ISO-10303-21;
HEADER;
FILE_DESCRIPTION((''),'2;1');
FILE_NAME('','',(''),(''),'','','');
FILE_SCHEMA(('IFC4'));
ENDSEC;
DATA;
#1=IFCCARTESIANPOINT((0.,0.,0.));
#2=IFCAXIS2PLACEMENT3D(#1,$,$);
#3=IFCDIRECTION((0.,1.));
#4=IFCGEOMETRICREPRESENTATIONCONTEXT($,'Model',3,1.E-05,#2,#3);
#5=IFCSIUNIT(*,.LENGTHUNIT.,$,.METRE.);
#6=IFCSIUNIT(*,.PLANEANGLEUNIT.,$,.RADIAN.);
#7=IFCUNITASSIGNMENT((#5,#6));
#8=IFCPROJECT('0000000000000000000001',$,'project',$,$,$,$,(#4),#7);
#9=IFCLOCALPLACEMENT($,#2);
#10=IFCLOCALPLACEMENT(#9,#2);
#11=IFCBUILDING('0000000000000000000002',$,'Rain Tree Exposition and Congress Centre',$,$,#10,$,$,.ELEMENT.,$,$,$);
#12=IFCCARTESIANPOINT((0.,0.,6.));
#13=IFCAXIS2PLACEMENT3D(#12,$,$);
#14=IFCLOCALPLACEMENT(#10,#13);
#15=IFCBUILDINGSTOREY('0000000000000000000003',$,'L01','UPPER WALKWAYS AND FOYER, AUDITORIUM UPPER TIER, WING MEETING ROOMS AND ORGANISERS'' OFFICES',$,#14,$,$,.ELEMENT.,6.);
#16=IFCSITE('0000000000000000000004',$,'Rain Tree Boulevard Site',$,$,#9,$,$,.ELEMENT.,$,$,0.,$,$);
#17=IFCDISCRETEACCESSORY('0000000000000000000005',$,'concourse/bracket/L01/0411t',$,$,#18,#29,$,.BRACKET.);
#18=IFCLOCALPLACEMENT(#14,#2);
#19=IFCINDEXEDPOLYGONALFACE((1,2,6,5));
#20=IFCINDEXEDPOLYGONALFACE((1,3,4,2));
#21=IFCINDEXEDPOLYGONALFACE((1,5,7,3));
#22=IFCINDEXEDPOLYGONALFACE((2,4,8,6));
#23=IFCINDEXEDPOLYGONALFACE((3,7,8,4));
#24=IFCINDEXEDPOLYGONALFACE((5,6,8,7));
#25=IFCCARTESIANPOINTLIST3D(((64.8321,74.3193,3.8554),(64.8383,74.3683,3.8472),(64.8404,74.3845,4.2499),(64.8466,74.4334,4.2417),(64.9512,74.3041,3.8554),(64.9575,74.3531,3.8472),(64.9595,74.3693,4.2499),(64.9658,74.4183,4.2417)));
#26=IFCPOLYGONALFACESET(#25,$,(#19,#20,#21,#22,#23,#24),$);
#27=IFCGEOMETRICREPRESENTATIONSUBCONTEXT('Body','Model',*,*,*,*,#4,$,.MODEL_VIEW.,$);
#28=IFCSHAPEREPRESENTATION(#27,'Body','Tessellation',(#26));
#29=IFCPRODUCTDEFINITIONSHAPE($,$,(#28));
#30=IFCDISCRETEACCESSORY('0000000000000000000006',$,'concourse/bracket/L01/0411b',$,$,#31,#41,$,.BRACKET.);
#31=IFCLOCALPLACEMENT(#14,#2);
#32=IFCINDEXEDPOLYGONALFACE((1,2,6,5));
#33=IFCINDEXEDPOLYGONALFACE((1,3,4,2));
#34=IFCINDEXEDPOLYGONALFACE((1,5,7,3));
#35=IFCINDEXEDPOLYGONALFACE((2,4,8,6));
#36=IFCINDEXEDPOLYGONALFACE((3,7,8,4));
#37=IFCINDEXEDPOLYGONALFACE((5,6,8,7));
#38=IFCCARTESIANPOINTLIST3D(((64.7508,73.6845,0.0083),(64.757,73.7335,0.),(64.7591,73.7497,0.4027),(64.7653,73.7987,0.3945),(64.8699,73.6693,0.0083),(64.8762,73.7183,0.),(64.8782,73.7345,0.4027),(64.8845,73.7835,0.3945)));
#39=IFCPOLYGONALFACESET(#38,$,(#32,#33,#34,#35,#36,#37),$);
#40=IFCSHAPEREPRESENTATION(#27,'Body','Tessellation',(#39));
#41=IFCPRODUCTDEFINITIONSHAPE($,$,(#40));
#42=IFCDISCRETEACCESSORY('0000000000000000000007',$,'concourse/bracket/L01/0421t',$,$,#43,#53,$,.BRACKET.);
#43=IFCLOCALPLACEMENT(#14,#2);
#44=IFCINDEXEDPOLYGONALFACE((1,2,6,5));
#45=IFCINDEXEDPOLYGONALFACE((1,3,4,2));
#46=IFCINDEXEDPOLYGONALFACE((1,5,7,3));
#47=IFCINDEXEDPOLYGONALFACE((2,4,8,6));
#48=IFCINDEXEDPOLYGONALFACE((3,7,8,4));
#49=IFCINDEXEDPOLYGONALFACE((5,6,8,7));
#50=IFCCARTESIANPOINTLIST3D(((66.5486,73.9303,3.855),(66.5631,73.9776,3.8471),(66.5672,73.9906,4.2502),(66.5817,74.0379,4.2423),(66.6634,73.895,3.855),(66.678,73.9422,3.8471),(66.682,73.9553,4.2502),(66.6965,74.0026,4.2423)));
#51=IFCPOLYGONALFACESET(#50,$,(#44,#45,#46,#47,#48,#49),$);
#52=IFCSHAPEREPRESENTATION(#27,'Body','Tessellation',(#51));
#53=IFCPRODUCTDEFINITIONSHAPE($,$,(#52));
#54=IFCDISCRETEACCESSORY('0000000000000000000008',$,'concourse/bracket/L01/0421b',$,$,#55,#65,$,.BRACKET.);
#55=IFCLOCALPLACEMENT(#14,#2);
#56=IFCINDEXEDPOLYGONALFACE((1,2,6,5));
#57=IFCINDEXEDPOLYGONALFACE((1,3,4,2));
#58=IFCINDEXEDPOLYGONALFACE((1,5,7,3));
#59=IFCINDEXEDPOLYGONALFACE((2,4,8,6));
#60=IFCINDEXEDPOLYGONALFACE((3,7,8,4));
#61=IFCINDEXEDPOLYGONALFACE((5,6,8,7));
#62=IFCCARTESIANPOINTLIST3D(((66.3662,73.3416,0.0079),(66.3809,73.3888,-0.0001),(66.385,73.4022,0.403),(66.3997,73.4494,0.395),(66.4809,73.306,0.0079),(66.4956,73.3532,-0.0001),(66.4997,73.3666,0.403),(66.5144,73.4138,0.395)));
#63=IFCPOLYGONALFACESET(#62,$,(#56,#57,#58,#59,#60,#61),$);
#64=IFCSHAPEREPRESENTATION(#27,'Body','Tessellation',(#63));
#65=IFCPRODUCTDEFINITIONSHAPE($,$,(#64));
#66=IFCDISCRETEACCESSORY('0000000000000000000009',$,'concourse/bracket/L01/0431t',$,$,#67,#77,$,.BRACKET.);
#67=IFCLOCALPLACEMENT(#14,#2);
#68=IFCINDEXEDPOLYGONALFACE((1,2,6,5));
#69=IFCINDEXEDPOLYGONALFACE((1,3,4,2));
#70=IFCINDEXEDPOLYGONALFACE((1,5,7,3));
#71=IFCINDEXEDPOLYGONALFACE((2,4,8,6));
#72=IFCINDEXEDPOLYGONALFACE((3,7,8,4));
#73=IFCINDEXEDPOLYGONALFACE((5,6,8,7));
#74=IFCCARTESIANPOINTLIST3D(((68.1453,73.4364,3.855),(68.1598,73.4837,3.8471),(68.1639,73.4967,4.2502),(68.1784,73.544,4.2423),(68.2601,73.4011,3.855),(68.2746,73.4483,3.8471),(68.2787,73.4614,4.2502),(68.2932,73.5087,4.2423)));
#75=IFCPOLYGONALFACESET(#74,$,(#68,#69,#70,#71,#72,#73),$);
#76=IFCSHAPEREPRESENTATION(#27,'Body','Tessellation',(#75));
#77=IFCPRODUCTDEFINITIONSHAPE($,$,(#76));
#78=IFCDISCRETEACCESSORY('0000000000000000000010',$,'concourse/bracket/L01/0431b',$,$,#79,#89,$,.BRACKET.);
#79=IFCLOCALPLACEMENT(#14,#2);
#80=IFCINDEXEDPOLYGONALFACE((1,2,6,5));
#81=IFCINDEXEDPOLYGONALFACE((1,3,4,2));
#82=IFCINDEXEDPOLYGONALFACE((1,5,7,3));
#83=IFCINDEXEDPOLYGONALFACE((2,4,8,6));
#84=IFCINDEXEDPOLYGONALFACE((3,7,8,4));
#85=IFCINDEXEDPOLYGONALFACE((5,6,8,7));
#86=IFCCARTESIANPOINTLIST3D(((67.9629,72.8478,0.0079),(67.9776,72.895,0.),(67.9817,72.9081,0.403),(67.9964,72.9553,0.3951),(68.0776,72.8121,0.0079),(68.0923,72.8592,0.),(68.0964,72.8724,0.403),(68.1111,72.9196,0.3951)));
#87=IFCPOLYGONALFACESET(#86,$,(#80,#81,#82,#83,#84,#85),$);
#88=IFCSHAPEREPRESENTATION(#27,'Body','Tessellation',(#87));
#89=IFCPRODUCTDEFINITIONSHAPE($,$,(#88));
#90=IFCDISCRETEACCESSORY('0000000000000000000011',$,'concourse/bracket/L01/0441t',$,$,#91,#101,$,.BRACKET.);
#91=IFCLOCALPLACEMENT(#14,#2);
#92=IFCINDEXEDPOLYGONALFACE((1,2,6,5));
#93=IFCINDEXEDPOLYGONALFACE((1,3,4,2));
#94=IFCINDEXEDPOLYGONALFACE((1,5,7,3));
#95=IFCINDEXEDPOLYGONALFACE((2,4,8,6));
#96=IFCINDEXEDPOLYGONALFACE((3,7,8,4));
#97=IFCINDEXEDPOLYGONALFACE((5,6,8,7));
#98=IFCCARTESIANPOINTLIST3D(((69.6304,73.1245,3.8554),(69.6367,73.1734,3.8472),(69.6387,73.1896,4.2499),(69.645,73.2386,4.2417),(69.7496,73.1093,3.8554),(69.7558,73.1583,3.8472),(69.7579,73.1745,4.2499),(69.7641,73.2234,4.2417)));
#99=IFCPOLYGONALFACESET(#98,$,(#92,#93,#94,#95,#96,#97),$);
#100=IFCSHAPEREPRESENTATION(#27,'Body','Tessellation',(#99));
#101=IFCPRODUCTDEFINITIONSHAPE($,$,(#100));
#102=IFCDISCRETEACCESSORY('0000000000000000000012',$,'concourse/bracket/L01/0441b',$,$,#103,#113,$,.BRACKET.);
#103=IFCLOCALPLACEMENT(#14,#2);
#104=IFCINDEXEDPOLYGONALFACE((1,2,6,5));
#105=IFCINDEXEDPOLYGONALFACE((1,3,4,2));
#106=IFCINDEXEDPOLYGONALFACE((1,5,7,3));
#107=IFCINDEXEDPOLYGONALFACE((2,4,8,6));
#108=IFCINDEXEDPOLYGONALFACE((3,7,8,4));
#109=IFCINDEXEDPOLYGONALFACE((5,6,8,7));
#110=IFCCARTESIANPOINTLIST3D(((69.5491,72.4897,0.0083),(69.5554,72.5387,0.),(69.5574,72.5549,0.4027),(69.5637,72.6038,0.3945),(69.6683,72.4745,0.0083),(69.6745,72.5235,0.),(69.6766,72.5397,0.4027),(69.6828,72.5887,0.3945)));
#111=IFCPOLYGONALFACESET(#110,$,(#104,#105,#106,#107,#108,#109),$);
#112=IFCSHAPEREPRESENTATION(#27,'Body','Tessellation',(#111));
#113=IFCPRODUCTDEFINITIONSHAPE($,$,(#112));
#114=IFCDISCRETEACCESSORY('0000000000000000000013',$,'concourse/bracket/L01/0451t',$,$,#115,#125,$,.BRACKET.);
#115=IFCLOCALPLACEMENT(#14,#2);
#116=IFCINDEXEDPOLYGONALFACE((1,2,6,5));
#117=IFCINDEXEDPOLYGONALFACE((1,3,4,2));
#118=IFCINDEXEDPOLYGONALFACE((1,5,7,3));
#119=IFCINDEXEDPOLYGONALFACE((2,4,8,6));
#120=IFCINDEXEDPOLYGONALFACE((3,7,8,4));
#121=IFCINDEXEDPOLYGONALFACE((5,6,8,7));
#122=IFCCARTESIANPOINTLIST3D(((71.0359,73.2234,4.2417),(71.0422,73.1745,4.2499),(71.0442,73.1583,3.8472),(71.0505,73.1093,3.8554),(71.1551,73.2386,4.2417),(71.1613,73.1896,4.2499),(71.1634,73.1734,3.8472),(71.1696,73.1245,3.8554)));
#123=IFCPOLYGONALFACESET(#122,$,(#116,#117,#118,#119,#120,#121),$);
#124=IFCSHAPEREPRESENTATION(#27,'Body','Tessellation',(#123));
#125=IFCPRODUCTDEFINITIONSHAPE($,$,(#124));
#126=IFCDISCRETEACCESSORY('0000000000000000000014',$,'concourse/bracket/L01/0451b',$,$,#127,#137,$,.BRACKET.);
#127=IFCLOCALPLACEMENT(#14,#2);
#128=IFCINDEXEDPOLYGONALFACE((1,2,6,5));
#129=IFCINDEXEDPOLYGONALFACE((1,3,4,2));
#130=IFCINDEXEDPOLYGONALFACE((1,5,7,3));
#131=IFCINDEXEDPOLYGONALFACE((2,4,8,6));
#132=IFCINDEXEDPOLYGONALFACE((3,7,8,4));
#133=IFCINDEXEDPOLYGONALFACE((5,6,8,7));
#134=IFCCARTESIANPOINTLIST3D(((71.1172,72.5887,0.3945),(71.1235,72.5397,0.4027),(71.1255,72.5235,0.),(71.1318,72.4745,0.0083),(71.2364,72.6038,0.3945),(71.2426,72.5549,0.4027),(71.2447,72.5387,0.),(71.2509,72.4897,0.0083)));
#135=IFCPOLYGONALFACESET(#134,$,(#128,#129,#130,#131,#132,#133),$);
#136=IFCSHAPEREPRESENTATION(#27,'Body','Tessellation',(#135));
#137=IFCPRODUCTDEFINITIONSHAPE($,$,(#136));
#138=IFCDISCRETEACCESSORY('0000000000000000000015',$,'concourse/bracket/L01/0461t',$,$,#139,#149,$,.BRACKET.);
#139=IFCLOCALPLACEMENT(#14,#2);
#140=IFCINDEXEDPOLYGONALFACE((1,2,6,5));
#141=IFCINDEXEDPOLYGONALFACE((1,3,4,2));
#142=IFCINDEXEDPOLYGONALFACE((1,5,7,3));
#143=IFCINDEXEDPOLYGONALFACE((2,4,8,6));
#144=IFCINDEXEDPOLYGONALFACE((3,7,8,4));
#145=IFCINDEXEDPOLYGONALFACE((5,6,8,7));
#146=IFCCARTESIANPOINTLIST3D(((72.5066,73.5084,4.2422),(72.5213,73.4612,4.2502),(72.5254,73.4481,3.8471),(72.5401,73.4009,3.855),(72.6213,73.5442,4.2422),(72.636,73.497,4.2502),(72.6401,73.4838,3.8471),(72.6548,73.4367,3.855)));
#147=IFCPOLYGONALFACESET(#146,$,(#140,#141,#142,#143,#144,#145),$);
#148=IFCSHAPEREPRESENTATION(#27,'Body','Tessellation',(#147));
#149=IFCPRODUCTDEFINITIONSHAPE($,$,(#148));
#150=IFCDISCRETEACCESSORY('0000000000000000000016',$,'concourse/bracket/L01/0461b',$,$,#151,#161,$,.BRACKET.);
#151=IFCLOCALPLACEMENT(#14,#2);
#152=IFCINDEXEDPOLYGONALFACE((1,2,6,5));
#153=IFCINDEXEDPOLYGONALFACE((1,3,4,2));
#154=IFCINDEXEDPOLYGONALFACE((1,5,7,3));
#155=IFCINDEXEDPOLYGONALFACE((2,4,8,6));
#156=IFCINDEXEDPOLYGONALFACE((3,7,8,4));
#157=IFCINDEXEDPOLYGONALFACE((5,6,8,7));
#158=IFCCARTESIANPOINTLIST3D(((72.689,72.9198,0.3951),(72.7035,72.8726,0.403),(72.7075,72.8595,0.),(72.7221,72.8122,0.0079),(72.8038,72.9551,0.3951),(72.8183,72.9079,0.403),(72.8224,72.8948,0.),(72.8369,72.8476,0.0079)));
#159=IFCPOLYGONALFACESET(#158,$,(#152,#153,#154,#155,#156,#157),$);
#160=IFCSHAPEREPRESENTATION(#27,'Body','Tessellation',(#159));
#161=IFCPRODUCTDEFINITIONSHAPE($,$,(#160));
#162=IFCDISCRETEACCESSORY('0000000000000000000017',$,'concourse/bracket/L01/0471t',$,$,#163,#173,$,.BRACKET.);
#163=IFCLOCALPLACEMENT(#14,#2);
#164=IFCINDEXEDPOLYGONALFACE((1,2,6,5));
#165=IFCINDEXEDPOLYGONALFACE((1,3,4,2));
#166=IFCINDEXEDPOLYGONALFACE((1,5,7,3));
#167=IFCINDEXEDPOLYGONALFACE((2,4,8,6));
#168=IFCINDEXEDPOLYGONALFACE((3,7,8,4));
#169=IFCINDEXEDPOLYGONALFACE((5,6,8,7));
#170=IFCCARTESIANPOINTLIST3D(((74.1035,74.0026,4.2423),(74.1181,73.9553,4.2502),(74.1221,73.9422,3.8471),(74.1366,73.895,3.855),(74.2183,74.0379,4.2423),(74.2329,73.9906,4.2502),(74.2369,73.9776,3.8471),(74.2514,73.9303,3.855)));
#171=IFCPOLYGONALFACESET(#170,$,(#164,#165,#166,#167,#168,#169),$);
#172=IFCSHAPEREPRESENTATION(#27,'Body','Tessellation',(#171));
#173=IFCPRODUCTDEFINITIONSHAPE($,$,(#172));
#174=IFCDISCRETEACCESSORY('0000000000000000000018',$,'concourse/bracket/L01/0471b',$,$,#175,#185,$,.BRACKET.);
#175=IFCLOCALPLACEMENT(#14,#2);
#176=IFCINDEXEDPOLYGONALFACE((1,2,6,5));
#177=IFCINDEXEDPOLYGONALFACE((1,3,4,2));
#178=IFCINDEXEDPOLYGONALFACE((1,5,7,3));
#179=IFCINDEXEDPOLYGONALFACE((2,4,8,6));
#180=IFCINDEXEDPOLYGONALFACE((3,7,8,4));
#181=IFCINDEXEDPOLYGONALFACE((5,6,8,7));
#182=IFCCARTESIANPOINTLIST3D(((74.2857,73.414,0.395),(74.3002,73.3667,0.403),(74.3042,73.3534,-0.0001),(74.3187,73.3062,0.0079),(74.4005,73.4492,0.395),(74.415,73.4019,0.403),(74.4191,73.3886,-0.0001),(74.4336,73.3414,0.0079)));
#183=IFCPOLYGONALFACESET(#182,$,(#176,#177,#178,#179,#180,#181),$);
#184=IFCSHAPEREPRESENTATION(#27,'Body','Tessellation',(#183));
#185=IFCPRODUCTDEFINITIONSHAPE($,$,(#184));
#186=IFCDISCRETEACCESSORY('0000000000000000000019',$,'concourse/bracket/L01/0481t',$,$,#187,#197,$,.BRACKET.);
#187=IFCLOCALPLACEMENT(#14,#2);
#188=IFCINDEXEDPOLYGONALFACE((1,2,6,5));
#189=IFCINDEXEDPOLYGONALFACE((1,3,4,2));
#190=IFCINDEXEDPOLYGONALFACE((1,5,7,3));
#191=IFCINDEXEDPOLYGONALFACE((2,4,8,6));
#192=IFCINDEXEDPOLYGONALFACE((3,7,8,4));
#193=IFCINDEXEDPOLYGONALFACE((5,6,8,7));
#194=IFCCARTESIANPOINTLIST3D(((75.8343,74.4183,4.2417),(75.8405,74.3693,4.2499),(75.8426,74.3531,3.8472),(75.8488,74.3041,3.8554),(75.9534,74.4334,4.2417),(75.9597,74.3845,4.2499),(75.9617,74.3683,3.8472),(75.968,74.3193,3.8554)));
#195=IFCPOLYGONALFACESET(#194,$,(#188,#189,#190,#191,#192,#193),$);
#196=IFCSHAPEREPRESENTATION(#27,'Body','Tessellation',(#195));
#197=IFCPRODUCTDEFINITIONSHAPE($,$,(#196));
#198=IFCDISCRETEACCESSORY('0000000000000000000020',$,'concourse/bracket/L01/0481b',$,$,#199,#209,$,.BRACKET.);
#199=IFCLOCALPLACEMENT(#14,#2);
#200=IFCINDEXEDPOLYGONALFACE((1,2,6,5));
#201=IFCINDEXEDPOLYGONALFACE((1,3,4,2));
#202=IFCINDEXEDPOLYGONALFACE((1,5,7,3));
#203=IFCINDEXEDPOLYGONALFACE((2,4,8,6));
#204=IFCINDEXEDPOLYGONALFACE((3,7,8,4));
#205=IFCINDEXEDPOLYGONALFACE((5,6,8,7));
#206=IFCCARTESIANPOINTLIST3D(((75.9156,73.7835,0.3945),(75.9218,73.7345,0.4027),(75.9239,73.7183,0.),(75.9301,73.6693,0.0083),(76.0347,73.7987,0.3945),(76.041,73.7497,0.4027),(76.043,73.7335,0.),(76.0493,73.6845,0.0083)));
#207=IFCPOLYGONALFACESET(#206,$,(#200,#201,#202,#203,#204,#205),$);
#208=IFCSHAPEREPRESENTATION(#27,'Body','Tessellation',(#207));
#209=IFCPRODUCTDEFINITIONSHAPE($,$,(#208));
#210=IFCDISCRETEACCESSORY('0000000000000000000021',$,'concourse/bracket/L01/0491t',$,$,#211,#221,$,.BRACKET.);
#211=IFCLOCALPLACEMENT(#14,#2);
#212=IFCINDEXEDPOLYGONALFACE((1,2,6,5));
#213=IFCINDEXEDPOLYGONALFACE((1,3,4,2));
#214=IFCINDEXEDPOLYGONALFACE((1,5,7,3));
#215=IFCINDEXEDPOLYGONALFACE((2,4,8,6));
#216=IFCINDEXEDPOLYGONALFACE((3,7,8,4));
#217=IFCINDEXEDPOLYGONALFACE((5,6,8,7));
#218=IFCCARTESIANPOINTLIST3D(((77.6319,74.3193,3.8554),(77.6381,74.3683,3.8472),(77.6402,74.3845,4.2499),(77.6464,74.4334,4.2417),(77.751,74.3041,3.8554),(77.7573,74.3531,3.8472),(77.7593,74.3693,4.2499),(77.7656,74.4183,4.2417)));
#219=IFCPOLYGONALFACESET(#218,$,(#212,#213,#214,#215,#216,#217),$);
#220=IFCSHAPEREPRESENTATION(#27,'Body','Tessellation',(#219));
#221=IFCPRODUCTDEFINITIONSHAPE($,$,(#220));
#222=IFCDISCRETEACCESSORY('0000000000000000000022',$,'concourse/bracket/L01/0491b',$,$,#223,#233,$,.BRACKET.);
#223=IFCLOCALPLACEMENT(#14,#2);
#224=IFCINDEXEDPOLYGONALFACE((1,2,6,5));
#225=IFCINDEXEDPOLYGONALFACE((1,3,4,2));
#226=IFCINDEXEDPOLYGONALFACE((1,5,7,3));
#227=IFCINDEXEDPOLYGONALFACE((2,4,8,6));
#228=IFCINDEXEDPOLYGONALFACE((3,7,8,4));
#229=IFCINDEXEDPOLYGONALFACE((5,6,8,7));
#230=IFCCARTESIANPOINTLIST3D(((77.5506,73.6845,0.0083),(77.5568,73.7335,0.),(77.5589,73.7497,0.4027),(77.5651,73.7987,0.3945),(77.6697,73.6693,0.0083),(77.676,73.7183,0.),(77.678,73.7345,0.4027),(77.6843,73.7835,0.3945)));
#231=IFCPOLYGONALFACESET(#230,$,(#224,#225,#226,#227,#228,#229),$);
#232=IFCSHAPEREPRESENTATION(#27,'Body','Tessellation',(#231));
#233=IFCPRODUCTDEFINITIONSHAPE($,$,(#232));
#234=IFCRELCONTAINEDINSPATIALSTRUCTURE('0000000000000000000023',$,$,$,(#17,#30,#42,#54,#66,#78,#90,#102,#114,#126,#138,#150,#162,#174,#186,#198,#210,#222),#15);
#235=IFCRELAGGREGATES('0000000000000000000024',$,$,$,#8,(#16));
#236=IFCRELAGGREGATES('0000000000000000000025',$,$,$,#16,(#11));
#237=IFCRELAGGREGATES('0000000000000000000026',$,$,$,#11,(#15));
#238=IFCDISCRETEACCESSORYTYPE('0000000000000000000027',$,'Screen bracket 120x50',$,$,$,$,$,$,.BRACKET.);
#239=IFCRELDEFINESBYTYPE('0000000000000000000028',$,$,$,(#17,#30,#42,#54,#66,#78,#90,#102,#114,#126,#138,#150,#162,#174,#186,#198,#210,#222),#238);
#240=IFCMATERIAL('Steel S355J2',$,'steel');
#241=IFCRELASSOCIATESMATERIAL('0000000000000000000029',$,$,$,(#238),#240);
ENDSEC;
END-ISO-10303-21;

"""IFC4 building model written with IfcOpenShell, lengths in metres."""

from ifc_helpers import new_model, si_unit, direction, frame, origin, origin_2d, place, context, subcontext, project, spatial, rectangle, extrude, material, material_profile, profile_set, type_object, element, save


model = new_model("IFC4")

# Units and contexts
model_context = context("Model", 3, precision=1e-05, world=origin(), true_north=direction((0.0, 1.0)))
body_context = subcontext(model_context, "Body", "Model", "MODEL_VIEW")
ifc_project = project(units=[si_unit("LENGTHUNIT", "METRE"), si_unit("PLANEANGLEUNIT", "RADIAN")], contexts=[model_context])

# Site, building, storey
site_placement = place(None, origin())
site = spatial("IfcSite", under=ifc_project, at=site_placement, Name="Rain Tree Boulevard Site", CompositionType="ELEMENT", RefElevation=0.0)
building_placement = place(site_placement, origin())
building = spatial("IfcBuilding", under=site, at=building_placement, Name="Rain Tree Exposition and Congress Centre", CompositionType="ELEMENT")
storey_placement = place(building_placement, frame((0.0, 0.0, 6.0)))
storey = spatial("IfcBuildingStorey", under=building, at=storey_placement, Name="L01", Description="UPPER WALKWAYS AND FOYER, AUDITORIUM UPPER TIER, WING MEETING ROOMS AND ORGANISERS' OFFICES", CompositionType="ELEMENT", Elevation=6.0)

# Discrete accessories
ifc_material_1 = material(Name="Steel S355J2", Category="steel")
ifc_material_profile_1 = material_profile(ifc_material_1, rectangle(XDim=0.1201, YDim=0.05, at=origin_2d()), Name="Flat bar 120x50")
ifc_profile_set_1 = profile_set([ifc_material_profile_1], Name="Steel S355J2")
discrete_accessory_type = type_object("IfcDiscreteAccessoryType", Name="Screen bracket 120x50", PredefinedType="BRACKET", material=ifc_profile_set_1)
for number, where, z_axis, x_axis, name in (
    (1, (64.8948, 74.3362, 3.8513), (0.020754, 0.162978, 0.986411), (-0.991989, 0.126321, 0.0), "concourse/bracket/L01/0411t"),
    (2, (64.8135, 73.7014, 0.0042), (0.020754, 0.162978, 0.986411), (-0.991989, 0.126321, 0.0), "concourse/bracket/L01/0411b"),
):
    element("IfcDiscreteAccessory", number, at=place(storey_placement, frame(where, z_axis=z_axis, x_axis=x_axis)), inside=storey, type_object=discrete_accessory_type, Name=name, PredefinedType="BRACKET", context=body_context, shape_type="SweptSolid", body=[
        extrude(rectangle(XDim=0.1201, YDim=0.05, at=origin_2d()), origin(), (0.0, 0.0, 1.0), 0.3999),
    ])
for number, where, z_axis, x_axis, name in (
    (3, (66.6133, 73.9363, 3.8511), (0.046384, 0.150747, 0.987484), (-0.955779, 0.294086, 0.0), "concourse/bracket/L01/0421t"),
    (4, (66.4309, 73.3474, 0.0039), (0.046988, 0.151339, 0.987364), (-0.955027, 0.29652, 0.0), "concourse/bracket/L01/0421b"),
    (5, (68.21, 73.4424, 3.8511), (0.046384, 0.150747, 0.987484), (-0.955779, 0.294086, 0.0), "concourse/bracket/L01/0431t"),
    (6, (68.0276, 72.8535, 0.0039), (0.046993, 0.150743, 0.987456), (-0.954686, 0.297615, 0.0), "concourse/bracket/L01/0431b"),
):
    element("IfcDiscreteAccessory", number, at=place(storey_placement, frame(where, z_axis=z_axis, x_axis=x_axis)), inside=storey, type_object=discrete_accessory_type, Name=name, PredefinedType="BRACKET", context=body_context, shape_type="SweptSolid", body=[
        extrude(rectangle(XDim=0.1201, YDim=0.05, at=origin_2d()), origin(), (0.0, 0.0, 1.0), 0.4001),
    ])
for number, where, z_axis, x_axis, name in (
    (7, (69.6931, 73.1414, 3.8513), (0.020754, 0.162978, 0.986411), (-0.991989, 0.126321, 0.0), "concourse/bracket/L01/0441t"),
    (8, (69.6118, 72.5066, 0.0042), (0.020754, 0.162978, 0.986411), (-0.991989, 0.126321, 0.0), "concourse/bracket/L01/0441b"),
    (9, (71.1069, 73.1414, 3.8513), (-0.020754, 0.162978, 0.986411), (-0.991989, -0.126321, 0.0), "concourse/bracket/L01/0451t"),
    (10, (71.1882, 72.5066, 0.0042), (-0.020754, 0.162978, 0.986411), (-0.991989, -0.126321, 0.0), "concourse/bracket/L01/0451b"),
):
    element("IfcDiscreteAccessory", number, at=place(storey_placement, frame(where, z_axis=z_axis, x_axis=x_axis)), inside=storey, type_object=discrete_accessory_type, Name=name, PredefinedType="BRACKET", context=body_context, shape_type="SweptSolid", body=[
        extrude(rectangle(XDim=0.1201, YDim=0.05, at=origin_2d()), origin(), (0.0, 0.0, 1.0), 0.3999),
    ])
for number, where, z_axis, x_axis, name in (
    (11, (72.5901, 73.4424, 3.8511), (-0.046993, 0.150743, 0.987456), (-0.954686, -0.297615, 0.0), "concourse/bracket/L01/0461t"),
    (12, (72.7722, 72.8535, 0.0039), (-0.046384, 0.150747, 0.987484), (-0.955779, -0.294086, 0.0), "concourse/bracket/L01/0461b"),
    (13, (74.1868, 73.9363, 3.8511), (-0.046384, 0.150747, 0.987484), (-0.955779, -0.294086, 0.0), "concourse/bracket/L01/0471t"),
    (14, (74.3689, 73.3474, 0.0039), (-0.046379, 0.151343, 0.987393), (-0.956112, -0.293002, 0.0), "concourse/bracket/L01/0471b"),
):
    element("IfcDiscreteAccessory", number, at=place(storey_placement, frame(where, z_axis=z_axis, x_axis=x_axis)), inside=storey, type_object=discrete_accessory_type, Name=name, PredefinedType="BRACKET", context=body_context, shape_type="SweptSolid", body=[
        extrude(rectangle(XDim=0.1201, YDim=0.05, at=origin_2d()), origin(), (0.0, 0.0, 1.0), 0.4001),
    ])
for number, where, z_axis, x_axis, name in (
    (15, (75.9053, 74.3362, 3.8513), (-0.020754, 0.162978, 0.986411), (-0.991989, -0.126321, 0.0), "concourse/bracket/L01/0481t"),
    (16, (75.9866, 73.7014, 0.0042), (-0.020754, 0.162978, 0.986411), (-0.991989, -0.126321, 0.0), "concourse/bracket/L01/0481b"),
    (17, (77.6946, 74.3362, 3.8513), (0.020754, 0.162978, 0.986411), (-0.991989, 0.126321, 0.0), "concourse/bracket/L01/0491t"),
    (18, (77.6133, 73.7014, 0.0042), (0.020754, 0.162978, 0.986411), (-0.991989, 0.126321, 0.0), "concourse/bracket/L01/0491b"),
):
    element("IfcDiscreteAccessory", number, at=place(storey_placement, frame(where, z_axis=z_axis, x_axis=x_axis)), inside=storey, type_object=discrete_accessory_type, Name=name, PredefinedType="BRACKET", context=body_context, shape_type="SweptSolid", body=[
        extrude(rectangle(XDim=0.1201, YDim=0.05, at=origin_2d()), origin(), (0.0, 0.0, 1.0), 0.3999),
    ])

save(model, "model.ifc")
